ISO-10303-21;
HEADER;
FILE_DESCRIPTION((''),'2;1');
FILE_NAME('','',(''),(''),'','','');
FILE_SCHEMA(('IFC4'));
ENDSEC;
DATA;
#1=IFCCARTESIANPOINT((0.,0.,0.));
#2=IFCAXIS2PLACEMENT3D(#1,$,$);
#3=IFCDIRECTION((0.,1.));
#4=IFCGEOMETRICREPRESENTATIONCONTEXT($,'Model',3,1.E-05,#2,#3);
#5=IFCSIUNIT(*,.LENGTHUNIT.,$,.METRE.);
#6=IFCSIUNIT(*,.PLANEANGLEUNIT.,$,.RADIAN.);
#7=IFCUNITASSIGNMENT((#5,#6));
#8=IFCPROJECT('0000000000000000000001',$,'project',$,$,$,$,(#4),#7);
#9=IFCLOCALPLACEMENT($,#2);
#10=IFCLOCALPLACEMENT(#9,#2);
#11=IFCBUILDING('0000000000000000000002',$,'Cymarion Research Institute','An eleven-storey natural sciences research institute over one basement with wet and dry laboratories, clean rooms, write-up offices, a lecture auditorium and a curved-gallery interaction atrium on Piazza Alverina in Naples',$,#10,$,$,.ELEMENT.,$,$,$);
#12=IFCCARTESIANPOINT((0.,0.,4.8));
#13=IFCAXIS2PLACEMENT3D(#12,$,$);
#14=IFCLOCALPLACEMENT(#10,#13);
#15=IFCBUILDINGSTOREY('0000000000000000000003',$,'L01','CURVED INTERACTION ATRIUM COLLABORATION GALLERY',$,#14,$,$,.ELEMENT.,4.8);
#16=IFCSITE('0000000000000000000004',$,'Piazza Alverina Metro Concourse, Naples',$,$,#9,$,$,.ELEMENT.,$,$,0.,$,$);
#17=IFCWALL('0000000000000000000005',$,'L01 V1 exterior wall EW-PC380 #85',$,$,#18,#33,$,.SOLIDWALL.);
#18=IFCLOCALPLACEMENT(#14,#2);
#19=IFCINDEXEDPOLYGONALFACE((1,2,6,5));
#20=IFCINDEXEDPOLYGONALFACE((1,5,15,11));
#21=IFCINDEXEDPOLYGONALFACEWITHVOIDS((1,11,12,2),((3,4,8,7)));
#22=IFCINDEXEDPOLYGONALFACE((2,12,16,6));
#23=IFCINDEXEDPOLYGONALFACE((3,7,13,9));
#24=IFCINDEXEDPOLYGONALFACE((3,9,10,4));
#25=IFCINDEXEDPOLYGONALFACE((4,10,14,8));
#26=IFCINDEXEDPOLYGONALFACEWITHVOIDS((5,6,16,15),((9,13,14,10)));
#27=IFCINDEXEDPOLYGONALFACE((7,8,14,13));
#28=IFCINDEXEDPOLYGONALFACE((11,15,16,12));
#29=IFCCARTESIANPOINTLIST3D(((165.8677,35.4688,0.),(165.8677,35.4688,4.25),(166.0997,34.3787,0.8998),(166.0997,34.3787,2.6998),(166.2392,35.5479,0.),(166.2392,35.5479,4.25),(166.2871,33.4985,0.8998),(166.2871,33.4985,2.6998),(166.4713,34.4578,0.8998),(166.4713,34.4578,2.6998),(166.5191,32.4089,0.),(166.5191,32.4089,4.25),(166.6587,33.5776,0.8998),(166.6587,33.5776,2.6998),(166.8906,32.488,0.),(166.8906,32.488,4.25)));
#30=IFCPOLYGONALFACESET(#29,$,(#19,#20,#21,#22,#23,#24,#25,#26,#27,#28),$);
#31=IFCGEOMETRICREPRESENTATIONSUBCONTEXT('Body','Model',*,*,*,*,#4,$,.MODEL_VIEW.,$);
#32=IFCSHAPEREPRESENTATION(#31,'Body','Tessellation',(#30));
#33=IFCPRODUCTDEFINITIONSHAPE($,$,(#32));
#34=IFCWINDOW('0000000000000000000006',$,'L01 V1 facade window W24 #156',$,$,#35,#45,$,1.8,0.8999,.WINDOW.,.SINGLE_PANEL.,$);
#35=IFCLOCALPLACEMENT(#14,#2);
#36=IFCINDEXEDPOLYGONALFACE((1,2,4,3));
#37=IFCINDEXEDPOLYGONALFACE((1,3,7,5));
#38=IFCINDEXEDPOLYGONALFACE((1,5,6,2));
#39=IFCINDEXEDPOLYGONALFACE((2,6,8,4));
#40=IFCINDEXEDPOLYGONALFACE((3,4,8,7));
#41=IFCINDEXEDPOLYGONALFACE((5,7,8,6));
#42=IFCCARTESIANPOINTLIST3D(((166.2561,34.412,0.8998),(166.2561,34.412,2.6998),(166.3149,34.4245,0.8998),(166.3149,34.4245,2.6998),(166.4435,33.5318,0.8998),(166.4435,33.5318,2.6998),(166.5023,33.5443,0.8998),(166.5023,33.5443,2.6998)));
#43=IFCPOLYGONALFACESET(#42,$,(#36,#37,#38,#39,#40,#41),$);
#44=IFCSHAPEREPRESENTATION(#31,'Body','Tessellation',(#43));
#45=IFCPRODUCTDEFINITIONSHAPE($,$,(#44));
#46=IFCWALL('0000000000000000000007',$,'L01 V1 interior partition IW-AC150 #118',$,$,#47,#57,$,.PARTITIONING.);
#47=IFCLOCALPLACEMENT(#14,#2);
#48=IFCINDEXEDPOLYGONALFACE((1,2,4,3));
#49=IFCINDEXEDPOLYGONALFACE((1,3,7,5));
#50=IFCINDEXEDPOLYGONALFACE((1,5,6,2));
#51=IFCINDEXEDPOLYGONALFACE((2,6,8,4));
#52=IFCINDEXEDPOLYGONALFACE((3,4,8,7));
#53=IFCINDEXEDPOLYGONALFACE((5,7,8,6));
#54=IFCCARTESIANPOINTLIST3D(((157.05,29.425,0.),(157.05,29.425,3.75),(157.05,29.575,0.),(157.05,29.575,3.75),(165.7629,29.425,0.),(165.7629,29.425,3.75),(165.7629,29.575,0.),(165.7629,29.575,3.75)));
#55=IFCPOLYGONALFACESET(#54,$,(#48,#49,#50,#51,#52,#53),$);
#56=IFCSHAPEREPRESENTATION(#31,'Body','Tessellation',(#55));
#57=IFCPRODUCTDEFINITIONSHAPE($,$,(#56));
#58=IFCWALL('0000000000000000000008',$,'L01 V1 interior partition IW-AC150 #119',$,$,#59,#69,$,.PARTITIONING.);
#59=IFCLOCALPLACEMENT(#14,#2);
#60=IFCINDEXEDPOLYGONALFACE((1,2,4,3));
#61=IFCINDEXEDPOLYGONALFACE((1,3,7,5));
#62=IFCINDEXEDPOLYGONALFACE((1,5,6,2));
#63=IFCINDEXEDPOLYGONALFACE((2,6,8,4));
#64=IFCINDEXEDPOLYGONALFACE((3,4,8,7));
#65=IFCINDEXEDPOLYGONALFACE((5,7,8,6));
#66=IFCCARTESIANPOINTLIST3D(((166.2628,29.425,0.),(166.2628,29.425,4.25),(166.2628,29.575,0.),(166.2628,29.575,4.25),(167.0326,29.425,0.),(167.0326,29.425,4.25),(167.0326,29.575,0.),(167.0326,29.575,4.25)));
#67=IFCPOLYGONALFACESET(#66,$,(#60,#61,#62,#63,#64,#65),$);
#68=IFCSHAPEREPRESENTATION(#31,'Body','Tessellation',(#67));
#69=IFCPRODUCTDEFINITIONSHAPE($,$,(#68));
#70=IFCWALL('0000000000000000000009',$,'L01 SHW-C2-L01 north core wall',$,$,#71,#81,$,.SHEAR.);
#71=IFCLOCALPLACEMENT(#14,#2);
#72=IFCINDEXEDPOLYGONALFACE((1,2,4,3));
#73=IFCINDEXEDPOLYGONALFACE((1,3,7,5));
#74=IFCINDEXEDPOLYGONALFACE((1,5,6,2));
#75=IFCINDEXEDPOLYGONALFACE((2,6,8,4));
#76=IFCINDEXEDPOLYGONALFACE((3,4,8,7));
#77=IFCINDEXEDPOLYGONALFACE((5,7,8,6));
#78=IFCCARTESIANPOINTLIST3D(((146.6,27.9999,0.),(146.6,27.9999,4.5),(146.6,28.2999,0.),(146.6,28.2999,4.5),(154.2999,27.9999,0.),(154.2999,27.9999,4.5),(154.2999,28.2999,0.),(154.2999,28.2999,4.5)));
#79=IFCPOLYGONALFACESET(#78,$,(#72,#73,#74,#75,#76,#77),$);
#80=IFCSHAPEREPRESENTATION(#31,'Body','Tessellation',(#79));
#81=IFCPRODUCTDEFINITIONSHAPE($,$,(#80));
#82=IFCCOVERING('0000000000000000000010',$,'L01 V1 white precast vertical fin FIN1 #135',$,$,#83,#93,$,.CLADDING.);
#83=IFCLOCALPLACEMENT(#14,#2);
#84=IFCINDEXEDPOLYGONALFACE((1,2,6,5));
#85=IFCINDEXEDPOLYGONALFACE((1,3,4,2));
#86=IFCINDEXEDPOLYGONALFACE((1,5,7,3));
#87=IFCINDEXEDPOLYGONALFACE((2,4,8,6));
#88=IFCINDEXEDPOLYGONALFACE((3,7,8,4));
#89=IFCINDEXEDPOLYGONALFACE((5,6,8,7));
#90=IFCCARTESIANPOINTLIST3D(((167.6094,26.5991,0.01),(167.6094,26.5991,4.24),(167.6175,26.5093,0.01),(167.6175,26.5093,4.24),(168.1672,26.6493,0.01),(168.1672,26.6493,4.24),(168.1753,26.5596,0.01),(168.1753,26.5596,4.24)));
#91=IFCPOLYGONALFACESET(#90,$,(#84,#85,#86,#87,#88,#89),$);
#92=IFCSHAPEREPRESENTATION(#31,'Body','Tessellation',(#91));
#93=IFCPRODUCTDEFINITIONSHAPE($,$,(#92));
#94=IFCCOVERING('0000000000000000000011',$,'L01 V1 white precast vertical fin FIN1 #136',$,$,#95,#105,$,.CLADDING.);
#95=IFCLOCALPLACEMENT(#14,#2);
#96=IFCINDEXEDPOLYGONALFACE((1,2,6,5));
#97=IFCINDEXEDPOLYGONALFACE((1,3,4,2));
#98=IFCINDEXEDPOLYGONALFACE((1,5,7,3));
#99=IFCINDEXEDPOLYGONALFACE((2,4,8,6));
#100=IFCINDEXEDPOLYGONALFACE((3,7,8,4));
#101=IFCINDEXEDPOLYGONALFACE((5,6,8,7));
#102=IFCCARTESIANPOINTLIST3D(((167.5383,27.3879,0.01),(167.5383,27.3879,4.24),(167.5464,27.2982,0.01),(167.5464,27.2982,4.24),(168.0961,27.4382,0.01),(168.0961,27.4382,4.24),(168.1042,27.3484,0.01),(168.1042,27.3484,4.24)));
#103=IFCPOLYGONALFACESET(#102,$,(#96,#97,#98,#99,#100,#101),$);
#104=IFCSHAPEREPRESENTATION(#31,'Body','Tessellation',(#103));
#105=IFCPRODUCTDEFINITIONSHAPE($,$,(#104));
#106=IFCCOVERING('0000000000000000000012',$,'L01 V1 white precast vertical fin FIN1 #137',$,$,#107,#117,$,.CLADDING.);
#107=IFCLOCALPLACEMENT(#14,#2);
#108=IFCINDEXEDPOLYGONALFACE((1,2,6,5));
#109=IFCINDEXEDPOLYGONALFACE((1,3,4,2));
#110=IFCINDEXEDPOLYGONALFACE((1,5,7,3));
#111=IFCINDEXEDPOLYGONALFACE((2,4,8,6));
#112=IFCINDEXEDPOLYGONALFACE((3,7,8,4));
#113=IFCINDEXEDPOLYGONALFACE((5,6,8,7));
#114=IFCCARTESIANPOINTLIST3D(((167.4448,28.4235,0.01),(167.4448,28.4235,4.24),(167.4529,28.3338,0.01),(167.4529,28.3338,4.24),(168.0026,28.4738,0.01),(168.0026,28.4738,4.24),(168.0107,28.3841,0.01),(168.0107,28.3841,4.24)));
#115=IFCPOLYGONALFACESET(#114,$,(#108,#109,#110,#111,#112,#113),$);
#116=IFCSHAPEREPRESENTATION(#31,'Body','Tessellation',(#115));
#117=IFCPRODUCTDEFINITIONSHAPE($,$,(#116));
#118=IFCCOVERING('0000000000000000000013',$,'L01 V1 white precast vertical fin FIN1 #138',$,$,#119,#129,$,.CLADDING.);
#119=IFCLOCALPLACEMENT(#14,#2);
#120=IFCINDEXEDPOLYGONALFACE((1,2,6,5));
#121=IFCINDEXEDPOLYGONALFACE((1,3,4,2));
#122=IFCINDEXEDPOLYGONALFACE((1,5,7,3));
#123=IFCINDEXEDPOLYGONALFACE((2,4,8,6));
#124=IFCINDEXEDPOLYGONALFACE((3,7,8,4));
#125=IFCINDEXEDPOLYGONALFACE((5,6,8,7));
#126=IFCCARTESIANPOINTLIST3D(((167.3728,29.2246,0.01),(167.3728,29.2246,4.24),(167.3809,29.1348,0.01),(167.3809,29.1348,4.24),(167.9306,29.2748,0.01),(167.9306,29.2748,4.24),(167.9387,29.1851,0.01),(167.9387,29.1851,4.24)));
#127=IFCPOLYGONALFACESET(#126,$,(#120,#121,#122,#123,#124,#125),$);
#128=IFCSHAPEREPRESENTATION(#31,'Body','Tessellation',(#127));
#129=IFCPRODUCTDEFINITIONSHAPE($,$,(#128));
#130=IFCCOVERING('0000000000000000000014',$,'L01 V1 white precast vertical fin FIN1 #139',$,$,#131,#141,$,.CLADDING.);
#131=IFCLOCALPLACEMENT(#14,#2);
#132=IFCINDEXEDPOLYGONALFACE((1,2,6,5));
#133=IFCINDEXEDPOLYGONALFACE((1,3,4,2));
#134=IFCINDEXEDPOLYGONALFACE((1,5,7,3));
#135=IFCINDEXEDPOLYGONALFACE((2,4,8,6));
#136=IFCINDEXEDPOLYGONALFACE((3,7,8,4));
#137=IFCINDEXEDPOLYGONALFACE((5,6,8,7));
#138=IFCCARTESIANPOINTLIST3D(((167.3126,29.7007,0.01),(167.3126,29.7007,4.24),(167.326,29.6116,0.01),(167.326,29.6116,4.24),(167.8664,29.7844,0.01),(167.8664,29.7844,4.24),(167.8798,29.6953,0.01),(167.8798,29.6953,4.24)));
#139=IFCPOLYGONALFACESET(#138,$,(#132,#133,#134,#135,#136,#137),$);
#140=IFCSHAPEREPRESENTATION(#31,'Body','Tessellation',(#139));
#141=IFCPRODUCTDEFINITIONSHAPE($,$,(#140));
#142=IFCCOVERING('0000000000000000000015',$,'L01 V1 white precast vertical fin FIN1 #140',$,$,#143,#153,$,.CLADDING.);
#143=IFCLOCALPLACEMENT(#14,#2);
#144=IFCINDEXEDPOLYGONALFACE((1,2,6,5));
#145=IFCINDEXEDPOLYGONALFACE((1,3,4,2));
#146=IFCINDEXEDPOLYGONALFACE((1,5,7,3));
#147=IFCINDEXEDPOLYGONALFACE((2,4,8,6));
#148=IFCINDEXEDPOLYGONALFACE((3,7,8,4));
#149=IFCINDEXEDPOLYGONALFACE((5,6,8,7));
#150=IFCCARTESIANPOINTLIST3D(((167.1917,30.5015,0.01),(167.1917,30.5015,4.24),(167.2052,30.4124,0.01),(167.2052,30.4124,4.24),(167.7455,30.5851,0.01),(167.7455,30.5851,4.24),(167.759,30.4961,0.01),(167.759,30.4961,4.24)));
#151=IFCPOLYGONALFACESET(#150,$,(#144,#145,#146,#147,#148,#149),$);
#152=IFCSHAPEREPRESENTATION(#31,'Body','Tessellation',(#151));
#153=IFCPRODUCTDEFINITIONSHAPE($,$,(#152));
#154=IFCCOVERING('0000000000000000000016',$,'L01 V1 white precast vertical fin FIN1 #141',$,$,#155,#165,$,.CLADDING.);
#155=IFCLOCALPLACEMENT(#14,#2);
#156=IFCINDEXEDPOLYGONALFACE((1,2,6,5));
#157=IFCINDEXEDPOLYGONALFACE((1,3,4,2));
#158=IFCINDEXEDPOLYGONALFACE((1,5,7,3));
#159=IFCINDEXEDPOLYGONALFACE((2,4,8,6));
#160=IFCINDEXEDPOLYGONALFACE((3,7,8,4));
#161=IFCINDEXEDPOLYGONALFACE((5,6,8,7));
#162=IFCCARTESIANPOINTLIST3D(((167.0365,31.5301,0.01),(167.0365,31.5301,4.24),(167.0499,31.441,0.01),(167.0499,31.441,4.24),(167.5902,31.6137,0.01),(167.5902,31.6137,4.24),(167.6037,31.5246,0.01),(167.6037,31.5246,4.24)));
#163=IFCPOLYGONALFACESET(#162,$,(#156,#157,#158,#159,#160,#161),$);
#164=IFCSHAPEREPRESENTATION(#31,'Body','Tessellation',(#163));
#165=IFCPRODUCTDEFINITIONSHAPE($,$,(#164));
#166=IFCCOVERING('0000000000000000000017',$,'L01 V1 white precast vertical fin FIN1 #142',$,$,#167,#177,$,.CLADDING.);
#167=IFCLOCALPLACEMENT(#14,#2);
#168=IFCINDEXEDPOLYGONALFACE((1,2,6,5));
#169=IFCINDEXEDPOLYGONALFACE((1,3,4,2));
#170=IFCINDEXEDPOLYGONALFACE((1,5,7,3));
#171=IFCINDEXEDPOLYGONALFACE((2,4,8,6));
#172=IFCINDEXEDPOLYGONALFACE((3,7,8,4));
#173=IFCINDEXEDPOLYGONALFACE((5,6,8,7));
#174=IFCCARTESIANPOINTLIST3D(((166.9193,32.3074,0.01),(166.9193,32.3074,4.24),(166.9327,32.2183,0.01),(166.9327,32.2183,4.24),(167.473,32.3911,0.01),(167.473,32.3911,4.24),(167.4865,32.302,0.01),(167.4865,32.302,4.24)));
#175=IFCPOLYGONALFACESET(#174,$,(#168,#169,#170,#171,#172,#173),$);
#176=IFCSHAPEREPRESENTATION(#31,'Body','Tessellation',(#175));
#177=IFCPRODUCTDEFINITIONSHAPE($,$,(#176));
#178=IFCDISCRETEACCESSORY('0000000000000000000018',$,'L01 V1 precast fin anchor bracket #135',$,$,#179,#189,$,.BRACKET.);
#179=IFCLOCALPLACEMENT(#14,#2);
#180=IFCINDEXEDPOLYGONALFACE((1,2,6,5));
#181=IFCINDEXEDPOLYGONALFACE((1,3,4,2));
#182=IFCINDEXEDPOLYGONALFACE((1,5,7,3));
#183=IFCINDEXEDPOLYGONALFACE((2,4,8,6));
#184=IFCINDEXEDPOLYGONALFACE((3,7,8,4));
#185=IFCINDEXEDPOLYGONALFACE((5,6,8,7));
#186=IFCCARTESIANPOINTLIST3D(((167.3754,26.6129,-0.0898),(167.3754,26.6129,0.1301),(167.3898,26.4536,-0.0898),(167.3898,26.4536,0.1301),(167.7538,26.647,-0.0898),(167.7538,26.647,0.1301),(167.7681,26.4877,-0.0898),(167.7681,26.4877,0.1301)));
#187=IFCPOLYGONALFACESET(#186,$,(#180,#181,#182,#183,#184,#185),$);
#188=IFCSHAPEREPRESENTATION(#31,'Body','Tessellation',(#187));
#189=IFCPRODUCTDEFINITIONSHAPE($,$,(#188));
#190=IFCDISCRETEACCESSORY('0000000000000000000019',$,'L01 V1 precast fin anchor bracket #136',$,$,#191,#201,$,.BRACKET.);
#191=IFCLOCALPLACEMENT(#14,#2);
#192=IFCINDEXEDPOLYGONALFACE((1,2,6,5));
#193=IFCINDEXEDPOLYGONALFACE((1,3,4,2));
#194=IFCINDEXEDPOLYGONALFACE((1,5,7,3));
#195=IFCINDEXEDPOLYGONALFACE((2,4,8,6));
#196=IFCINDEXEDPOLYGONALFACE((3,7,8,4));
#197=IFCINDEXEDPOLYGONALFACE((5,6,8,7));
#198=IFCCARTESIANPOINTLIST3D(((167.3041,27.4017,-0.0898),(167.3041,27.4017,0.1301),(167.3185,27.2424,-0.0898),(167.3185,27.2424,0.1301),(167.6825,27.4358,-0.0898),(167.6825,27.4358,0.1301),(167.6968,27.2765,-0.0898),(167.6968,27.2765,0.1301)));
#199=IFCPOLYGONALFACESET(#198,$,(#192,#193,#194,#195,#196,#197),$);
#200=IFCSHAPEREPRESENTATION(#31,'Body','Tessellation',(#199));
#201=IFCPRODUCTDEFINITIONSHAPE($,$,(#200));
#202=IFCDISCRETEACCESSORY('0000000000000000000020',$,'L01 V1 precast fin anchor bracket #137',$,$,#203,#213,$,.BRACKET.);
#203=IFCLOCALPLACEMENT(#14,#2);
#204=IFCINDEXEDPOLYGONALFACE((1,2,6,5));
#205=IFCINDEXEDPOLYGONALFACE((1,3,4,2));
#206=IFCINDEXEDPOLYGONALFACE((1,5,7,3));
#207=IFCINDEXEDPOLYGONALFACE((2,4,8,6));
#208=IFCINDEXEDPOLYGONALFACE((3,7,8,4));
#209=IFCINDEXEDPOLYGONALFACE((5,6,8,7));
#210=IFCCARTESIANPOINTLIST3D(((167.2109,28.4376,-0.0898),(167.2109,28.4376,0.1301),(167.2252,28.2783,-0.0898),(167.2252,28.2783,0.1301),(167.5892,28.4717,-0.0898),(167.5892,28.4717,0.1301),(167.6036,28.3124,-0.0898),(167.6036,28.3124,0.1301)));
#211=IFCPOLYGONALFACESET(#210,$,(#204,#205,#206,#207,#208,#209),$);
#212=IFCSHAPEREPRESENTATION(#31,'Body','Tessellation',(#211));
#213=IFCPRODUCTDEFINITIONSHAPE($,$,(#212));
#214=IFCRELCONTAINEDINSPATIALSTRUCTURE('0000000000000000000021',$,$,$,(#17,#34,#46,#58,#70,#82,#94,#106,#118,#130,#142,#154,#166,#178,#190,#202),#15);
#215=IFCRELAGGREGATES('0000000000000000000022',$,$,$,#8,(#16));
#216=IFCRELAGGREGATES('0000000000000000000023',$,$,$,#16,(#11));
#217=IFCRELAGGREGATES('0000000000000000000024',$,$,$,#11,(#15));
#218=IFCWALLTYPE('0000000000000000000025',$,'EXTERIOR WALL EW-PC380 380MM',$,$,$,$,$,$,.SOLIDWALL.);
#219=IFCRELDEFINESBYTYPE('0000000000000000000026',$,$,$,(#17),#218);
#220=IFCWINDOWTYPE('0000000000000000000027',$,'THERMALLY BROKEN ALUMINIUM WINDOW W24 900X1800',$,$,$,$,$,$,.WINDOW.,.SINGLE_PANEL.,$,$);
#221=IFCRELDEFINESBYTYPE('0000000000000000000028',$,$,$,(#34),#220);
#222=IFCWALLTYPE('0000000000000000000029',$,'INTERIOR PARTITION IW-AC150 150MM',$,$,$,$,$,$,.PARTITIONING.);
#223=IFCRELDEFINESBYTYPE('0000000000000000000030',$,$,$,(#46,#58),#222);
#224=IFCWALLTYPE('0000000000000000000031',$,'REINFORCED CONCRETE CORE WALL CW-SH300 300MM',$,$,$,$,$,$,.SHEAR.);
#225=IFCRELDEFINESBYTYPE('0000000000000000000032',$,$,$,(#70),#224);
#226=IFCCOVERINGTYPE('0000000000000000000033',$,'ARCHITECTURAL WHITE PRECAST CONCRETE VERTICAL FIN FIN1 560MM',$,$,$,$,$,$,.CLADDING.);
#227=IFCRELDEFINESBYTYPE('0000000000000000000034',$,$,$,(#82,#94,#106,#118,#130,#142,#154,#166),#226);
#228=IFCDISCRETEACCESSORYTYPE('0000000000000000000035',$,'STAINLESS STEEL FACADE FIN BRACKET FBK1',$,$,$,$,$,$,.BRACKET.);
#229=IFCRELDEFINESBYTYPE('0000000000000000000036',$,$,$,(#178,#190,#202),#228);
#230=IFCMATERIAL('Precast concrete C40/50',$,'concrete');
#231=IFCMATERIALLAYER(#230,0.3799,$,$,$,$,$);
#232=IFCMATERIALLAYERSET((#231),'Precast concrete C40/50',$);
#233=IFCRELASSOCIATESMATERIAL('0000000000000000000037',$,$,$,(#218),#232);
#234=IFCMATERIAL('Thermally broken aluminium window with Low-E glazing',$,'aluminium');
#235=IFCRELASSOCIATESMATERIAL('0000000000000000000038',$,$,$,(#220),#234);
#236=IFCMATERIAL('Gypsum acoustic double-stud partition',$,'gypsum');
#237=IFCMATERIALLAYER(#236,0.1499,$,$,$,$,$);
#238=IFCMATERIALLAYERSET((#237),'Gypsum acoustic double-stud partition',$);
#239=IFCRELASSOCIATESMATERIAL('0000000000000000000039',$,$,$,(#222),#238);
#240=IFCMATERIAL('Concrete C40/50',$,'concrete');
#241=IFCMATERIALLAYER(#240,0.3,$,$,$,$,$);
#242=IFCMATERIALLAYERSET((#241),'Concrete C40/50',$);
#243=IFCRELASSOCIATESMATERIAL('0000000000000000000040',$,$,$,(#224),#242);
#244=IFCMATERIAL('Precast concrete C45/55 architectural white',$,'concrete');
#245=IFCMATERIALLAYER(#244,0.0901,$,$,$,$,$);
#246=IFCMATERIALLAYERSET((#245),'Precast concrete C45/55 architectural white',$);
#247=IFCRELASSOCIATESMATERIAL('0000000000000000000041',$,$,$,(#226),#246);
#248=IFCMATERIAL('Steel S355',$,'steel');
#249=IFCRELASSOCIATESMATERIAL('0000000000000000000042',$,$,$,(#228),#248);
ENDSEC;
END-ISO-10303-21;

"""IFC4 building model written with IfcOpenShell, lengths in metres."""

from ifc_helpers import new_model, si_unit, direction, frame, frame_2d, origin, origin_2d, place, context, subcontext, project, spatial, rectangle, extrude, material, layer, layer_set, type_object, element, fill, save


model = new_model("IFC4")

# Units and contexts
model_context = context("Model", 3, precision=1e-05, world=origin(), true_north=direction((0.0, 1.0)))
body_context = subcontext(model_context, "Body", "Model", "MODEL_VIEW")
ifc_project = project(units=[si_unit("LENGTHUNIT", "METRE"), si_unit("PLANEANGLEUNIT", "RADIAN")], contexts=[model_context])

# Site, building, storey
site_placement = place(None, origin())
site = spatial("IfcSite", under=ifc_project, at=site_placement, Name="Piazza Alverina Metro Concourse, Naples", CompositionType="ELEMENT", RefElevation=0.0)
building_placement = place(site_placement, origin())
building = spatial("IfcBuilding", under=site, at=building_placement, Name="Cymarion Research Institute", Description="An eleven-storey natural sciences research institute over one basement with wet and dry laboratories, clean rooms, write-up offices, a lecture auditorium and a curved-gallery interaction atrium on Piazza Alverina in Naples", CompositionType="ELEMENT")
storey_placement = place(building_placement, frame((0.0, 0.0, 4.8)))
storey = spatial("IfcBuildingStorey", under=building, at=storey_placement, Name="L01", Description="CURVED INTERACTION ATRIUM COLLABORATION GALLERY", CompositionType="ELEMENT", Elevation=4.8)

# Shared definitions
ifc_material_1 = material(Name="Steel S355", Category="steel")

# Wall, opening, window
ifc_material_2 = material(Name="Precast concrete C40/50", Category="concrete")
ifc_layer_1 = layer(ifc_material_2, 0.3799)
ifc_layer_set_1 = layer_set([ifc_layer_1], Name="Precast concrete C40/50")
wall_type_1 = type_object("IfcWallType", Name="EXTERIOR WALL EW-PC380 380MM", PredefinedType="SOLIDWALL", material=ifc_layer_set_1)
ifc_material_3 = material(Name="Thermally broken aluminium window with Low-E glazing", Category="aluminium")
window_type = type_object("IfcWindowType", Name="THERMALLY BROKEN ALUMINIUM WINDOW W24 900X1800", PartitioningType="SINGLE_PANEL", PredefinedType="WINDOW", material=ifc_material_3)
wall_1_placement = place(storey_placement, frame((166.7048, 32.4485, 0.0), z_axis=(0.0, 0.0, 1.0), x_axis=(-0.208212, 0.978084, 0.0)))
wall_1 = element("IfcWall", 1, at=wall_1_placement, inside=storey, type_object=wall_type_1, Name="L01 V1 exterior wall EW-PC380 #85", PredefinedType="SOLIDWALL", context=body_context, shape_type="SweptSolid", body=[
    extrude(rectangle(XDim=3.1284, YDim=0.3799, at=frame_2d((1.5642, 0.0))), origin(), (0.0, 0.0, 1.0), 4.25),
])
opening_1_placement = place(wall_1_placement, frame((1.114, 0.0, 0.8999)))
opening_1 = element("IfcOpeningElement", 2, at=opening_1_placement, cuts=wall_1, PredefinedType="OPENING", context=body_context, shape_type="SweptSolid", body=[
    extrude(rectangle(XDim=0.8999, YDim=1.8, at=frame_2d((0.45, 0.8999))), frame((0.0, 0.2, 0.0), z_axis=(0.0, -1.0, 0.0), x_axis=(1.0, 0.0, 0.0)), (0.0, 0.0, 1.0), 0.3999),
])
window_1_placement = place(opening_1_placement, origin())
window_1 = element("IfcWindow", 3, at=window_1_placement, inside=storey, type_object=window_type, Name="L01 V1 facade window W24 #156", OverallHeight=1.8, OverallWidth=0.8999, PartitioningType="SINGLE_PANEL", PredefinedType="WINDOW", context=body_context, shape_type="SweptSolid", body=[
    extrude(rectangle(XDim=0.8999, YDim=1.8, at=frame_2d((0.45, 0.8999))), frame((0.0, 0.03, 0.0), z_axis=(0.0, -1.0, 0.0), x_axis=(1.0, 0.0, 0.0)), (0.0, 0.0, 1.0), 0.0601),
])
fill(opening_1, window_1)

# Walls
ifc_material_4 = material(Name="Gypsum acoustic double-stud partition", Category="gypsum")
ifc_layer_2 = layer(ifc_material_4, 0.1499)
ifc_layer_set_2 = layer_set([ifc_layer_2], Name="Gypsum acoustic double-stud partition")
wall_type_2 = type_object("IfcWallType", Name="INTERIOR PARTITION IW-AC150 150MM", PredefinedType="PARTITIONING", material=ifc_layer_set_2)
wall_2_placement = place(storey_placement, frame((157.05, 29.5, 0.0), z_axis=(0.0, 0.0, 1.0), x_axis=(1.0, 0.0, 0.0)))
element("IfcWall", 4, at=wall_2_placement, inside=storey, type_object=wall_type_2, Name="L01 V1 interior partition IW-AC150 #118", PredefinedType="PARTITIONING", context=body_context, shape_type="SweptSolid", body=[
    extrude(rectangle(XDim=8.7129, YDim=0.1499, at=frame_2d((4.3564, 0.0))), origin(), (0.0, 0.0, 1.0), 3.75),
])
wall_3_placement = place(storey_placement, frame((166.2629, 29.5, 0.0), z_axis=(0.0, 0.0, 1.0), x_axis=(1.0, 0.0, 0.0)))
element("IfcWall", 5, at=wall_3_placement, inside=storey, type_object=wall_type_2, Name="L01 V1 interior partition IW-AC150 #119", PredefinedType="PARTITIONING", context=body_context, shape_type="SweptSolid", body=[
    extrude(rectangle(XDim=0.7698, YDim=0.1499, at=frame_2d((0.3848, 0.0))), origin(), (0.0, 0.0, 1.0), 4.25),
])
ifc_material_5 = material(Name="Concrete C40/50", Category="concrete")
ifc_layer_3 = layer(ifc_material_5, 0.3)
ifc_layer_set_3 = layer_set([ifc_layer_3], Name="Concrete C40/50")
wall_type_3 = type_object("IfcWallType", Name="REINFORCED CONCRETE CORE WALL CW-SH300 300MM", PredefinedType="SHEAR", material=ifc_layer_set_3)
wall_4_placement = place(storey_placement, frame((154.3, 28.1499, 0.0), z_axis=(0.0, 0.0, 1.0), x_axis=(-1.0, 0.0, 0.0)))
element("IfcWall", 6, at=wall_4_placement, inside=storey, type_object=wall_type_3, Name="L01 SHW-C2-L01 north core wall", PredefinedType="SHEAR", context=body_context, shape_type="SweptSolid", body=[
    extrude(rectangle(XDim=7.7, YDim=0.3, at=frame_2d((3.8501, 0.0))), origin(), (0.0, 0.0, 1.0), 4.5),
])

# Coverings
ifc_material_6 = material(Name="Precast concrete C45/55 architectural white", Category="concrete")
ifc_layer_4 = layer(ifc_material_6, 0.0901)
ifc_layer_set_4 = layer_set([ifc_layer_4], Name="Precast concrete C45/55 architectural white")
covering_type = type_object("IfcCoveringType", Name="ARCHITECTURAL WHITE PRECAST CONCRETE VERTICAL FIN FIN1 560MM", PredefinedType="CLADDING", material=ifc_layer_set_4)
for number, where, z_axis, x_axis, name in (
    (7, (167.8923, 26.5793, 0.01), (0.0, 0.0, 1.0), (0.995963, 0.089763, 0.0), "L01 V1 white precast vertical fin FIN1 #135"),
    (8, (167.8213, 27.3682, 0.01), (0.0, 0.0, 1.0), (0.995963, 0.089763, 0.0), "L01 V1 white precast vertical fin FIN1 #136"),
    (9, (167.7278, 28.4038, 0.01), (0.0, 0.0, 1.0), (0.995963, 0.089763, 0.0), "L01 V1 white precast vertical fin FIN1 #137"),
    (10, (167.6558, 29.2048, 0.01), (0.0, 0.0, 1.0), (0.995963, 0.089763, 0.0), "L01 V1 white precast vertical fin FIN1 #138"),
    (11, (167.5962, 29.698, 0.01), (0.0, 0.0, 1.0), (0.988782, 0.149363, 0.0), "L01 V1 white precast vertical fin FIN1 #139"),
    (12, (167.4753, 30.4988, 0.01), (0.0, 0.0, 1.0), (0.988782, 0.149363, 0.0), "L01 V1 white precast vertical fin FIN1 #140"),
    (13, (167.3201, 31.5273, 0.01), (0.0, 0.0, 1.0), (0.988782, 0.149363, 0.0), "L01 V1 white precast vertical fin FIN1 #141"),
    (14, (167.2029, 32.3047, 0.01), (0.0, 0.0, 1.0), (0.988782, 0.149363, 0.0), "L01 V1 white precast vertical fin FIN1 #142"),
):
    element("IfcCovering", number, at=place(storey_placement, frame(where, z_axis=z_axis, x_axis=x_axis)), inside=storey, type_object=covering_type, Name=name, PredefinedType="CLADDING", context=body_context, shape_type="SweptSolid", body=[
        extrude(rectangle(XDim=0.5601, YDim=0.0901, at=origin_2d()), origin(), (0.0, 0.0, 1.0), 4.23),
    ])

# Discrete accessories
discrete_accessory_type = type_object("IfcDiscreteAccessoryType", Name="STAINLESS STEEL FACADE FIN BRACKET FBK1", PredefinedType="BRACKET", material=ifc_material_1)
for number, where, z_axis, x_axis, name in (
    (15, (167.5718, 26.5503, -0.0898), (0.0, 0.0, 1.0), (0.995963, 0.089763, 0.0), "L01 V1 precast fin anchor bracket #135"),
    (16, (167.5005, 27.3391, -0.0898), (0.0, 0.0, 1.0), (0.995963, 0.089763, 0.0), "L01 V1 precast fin anchor bracket #136"),
    (17, (167.4072, 28.375, -0.0898), (0.0, 0.0, 1.0), (0.995963, 0.089763, 0.0), "L01 V1 precast fin anchor bracket #137"),
):
    element("IfcDiscreteAccessory", number, at=place(storey_placement, frame(where, z_axis=z_axis, x_axis=x_axis)), inside=storey, type_object=discrete_accessory_type, Name=name, PredefinedType="BRACKET", context=body_context, shape_type="SweptSolid", body=[
        extrude(rectangle(XDim=0.3799, YDim=0.1599, at=origin_2d()), origin(), (0.0, 0.0, 1.0), 0.22),
    ])

save(model, "model.ifc")
